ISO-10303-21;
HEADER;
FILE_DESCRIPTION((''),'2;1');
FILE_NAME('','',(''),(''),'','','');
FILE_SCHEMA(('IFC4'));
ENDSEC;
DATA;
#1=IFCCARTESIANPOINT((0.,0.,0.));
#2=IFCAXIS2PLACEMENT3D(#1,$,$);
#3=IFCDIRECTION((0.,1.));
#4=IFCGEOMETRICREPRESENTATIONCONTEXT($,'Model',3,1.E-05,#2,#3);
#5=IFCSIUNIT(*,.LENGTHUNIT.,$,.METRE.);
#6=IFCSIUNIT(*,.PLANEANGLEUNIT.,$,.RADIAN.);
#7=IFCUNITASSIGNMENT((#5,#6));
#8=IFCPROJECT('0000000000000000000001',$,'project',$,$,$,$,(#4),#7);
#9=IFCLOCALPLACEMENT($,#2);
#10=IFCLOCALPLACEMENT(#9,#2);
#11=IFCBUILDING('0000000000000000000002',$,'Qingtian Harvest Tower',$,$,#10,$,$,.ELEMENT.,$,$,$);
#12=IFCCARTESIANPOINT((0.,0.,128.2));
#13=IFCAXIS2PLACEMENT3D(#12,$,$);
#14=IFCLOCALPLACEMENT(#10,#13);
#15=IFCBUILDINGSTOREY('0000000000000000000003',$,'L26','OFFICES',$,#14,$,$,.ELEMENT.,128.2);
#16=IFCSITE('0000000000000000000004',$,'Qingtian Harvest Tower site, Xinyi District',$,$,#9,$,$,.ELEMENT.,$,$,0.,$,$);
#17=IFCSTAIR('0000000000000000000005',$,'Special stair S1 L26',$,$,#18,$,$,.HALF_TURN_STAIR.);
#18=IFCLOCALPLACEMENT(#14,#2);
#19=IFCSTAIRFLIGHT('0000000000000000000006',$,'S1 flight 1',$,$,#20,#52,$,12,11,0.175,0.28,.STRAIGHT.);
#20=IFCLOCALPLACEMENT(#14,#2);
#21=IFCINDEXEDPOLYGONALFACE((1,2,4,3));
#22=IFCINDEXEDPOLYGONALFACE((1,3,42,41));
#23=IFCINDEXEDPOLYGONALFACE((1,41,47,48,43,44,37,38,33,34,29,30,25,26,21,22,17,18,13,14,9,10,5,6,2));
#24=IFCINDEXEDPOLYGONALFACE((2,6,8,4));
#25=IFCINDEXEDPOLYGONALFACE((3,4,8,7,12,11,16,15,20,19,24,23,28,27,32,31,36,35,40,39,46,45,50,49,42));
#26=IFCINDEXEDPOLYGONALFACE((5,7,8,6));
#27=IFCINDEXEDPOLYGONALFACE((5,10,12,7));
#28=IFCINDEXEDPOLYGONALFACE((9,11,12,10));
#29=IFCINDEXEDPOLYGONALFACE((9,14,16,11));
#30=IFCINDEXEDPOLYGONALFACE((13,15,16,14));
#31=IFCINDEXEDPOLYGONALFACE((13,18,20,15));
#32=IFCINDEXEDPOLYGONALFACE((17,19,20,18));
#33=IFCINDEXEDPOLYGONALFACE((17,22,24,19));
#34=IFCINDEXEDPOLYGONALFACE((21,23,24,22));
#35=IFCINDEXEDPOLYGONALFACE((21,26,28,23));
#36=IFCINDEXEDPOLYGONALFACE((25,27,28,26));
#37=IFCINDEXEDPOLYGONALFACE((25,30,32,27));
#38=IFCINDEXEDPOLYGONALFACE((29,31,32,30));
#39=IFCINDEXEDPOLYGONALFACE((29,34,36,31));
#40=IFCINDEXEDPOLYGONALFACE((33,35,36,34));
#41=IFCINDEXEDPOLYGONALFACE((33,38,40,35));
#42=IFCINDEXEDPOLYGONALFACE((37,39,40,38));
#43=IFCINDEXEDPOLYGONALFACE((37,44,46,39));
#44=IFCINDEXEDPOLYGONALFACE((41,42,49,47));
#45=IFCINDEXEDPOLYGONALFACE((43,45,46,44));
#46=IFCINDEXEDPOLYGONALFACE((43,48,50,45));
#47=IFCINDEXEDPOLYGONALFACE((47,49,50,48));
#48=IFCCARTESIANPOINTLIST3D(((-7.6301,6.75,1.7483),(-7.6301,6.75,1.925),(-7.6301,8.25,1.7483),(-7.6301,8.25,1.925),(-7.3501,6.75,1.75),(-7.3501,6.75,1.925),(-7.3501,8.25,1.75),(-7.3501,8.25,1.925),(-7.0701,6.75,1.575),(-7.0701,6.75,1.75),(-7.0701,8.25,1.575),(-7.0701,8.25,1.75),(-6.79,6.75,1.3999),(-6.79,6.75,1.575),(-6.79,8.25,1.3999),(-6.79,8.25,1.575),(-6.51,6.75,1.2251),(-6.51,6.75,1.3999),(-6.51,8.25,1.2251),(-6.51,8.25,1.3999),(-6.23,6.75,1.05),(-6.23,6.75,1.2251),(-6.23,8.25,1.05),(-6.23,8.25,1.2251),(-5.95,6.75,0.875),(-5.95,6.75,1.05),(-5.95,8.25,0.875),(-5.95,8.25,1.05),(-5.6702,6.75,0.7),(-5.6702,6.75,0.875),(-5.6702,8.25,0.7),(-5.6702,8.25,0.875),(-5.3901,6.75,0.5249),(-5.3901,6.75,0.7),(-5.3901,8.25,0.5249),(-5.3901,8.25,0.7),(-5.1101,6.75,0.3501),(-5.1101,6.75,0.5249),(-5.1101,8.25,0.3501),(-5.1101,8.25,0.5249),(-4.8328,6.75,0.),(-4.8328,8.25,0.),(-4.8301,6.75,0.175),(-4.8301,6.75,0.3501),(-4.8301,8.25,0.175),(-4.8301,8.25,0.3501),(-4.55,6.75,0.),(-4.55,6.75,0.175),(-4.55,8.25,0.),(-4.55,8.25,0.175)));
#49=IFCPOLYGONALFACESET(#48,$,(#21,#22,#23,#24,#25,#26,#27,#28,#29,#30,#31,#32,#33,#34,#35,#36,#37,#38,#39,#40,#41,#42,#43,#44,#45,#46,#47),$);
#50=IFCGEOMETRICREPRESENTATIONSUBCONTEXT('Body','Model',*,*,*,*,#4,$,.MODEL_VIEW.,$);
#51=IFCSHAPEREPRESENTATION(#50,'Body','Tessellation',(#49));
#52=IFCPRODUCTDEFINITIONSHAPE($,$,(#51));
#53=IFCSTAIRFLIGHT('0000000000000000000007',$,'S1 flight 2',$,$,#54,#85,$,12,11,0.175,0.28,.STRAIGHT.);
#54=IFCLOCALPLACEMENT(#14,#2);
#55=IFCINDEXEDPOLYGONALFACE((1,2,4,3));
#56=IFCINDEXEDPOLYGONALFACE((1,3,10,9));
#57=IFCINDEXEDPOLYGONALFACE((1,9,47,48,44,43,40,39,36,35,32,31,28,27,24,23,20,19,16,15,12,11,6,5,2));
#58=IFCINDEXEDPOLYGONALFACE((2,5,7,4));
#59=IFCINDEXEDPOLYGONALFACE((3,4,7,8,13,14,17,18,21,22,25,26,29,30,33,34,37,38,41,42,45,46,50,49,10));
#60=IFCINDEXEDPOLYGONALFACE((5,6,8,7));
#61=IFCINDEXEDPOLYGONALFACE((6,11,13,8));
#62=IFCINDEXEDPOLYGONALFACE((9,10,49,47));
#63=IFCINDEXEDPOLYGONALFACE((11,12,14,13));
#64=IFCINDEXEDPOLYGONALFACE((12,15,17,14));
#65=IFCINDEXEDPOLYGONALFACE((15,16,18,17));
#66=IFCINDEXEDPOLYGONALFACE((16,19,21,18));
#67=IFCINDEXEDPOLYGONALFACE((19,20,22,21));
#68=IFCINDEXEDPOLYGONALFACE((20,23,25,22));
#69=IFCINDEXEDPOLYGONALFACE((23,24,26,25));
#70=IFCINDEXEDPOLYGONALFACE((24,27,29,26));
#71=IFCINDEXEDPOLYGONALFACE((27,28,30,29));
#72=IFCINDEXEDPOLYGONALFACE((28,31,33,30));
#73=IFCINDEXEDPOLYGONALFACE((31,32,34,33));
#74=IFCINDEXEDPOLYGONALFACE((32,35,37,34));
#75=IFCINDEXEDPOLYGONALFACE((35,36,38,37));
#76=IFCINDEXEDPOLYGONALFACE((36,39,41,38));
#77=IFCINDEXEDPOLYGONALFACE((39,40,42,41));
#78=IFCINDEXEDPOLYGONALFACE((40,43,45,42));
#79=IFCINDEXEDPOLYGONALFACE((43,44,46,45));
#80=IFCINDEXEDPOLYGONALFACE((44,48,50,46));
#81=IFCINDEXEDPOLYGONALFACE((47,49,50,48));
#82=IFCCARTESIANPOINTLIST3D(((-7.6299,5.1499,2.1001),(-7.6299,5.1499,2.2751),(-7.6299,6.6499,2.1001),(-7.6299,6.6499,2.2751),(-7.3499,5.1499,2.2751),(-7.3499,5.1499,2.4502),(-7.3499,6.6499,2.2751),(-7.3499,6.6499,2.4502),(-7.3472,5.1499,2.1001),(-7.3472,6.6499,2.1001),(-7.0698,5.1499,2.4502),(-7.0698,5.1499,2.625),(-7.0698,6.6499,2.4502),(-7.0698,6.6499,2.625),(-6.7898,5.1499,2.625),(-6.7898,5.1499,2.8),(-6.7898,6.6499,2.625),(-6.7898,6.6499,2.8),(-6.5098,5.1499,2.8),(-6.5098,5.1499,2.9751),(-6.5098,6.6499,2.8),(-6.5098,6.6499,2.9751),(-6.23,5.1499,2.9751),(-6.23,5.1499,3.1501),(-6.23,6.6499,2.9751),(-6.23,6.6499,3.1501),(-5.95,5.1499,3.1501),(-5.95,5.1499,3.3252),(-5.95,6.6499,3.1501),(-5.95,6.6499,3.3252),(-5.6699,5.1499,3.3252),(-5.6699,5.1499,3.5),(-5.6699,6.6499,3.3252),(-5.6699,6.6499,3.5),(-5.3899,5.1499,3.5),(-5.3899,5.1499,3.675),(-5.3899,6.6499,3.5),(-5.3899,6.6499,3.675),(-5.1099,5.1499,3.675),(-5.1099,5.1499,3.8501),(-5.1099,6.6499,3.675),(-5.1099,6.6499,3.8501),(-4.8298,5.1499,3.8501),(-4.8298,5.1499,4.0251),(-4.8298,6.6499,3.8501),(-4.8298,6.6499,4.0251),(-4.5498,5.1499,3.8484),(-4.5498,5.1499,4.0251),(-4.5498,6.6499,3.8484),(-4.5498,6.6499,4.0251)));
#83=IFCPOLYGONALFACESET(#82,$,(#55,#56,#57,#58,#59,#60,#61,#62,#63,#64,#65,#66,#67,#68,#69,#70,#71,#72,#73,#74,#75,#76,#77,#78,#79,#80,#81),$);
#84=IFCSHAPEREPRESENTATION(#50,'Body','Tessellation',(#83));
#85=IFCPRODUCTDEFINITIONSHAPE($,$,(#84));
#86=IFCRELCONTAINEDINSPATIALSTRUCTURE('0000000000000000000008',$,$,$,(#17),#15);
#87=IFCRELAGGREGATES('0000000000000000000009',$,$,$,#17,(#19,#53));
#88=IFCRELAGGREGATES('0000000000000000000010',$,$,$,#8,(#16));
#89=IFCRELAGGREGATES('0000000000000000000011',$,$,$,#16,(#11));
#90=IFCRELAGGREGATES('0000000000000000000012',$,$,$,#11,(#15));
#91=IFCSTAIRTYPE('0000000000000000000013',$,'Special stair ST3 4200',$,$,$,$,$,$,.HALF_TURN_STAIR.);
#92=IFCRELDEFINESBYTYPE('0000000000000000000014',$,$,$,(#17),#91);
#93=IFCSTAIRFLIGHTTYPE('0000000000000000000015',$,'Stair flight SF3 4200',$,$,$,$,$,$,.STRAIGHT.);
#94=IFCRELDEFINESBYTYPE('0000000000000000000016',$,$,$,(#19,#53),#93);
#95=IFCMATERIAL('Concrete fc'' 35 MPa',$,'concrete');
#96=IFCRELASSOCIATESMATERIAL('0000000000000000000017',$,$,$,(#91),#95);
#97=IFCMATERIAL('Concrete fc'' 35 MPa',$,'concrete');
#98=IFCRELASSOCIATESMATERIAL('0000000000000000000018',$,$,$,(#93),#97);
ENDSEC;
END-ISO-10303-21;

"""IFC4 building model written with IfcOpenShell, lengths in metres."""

from ifc_helpers import new_model, si_unit, direction, frame, origin, place, context, subcontext, project, spatial, polyline, outline, extrude, material, type_object, element, aggregate, save


model = new_model("IFC4")

# Units and contexts
model_context = context("Model", 3, precision=1e-05, world=origin(), true_north=direction((0.0, 1.0)))
body_context = subcontext(model_context, "Body", "Model", "MODEL_VIEW")
ifc_project = project(units=[si_unit("LENGTHUNIT", "METRE"), si_unit("PLANEANGLEUNIT", "RADIAN")], contexts=[model_context])

# Site, building, storey
site_placement = place(None, origin())
site = spatial("IfcSite", under=ifc_project, at=site_placement, Name="Qingtian Harvest Tower site, Xinyi District", CompositionType="ELEMENT", RefElevation=0.0)
building_placement = place(site_placement, origin())
building = spatial("IfcBuilding", under=site, at=building_placement, Name="Qingtian Harvest Tower", CompositionType="ELEMENT")
storey_placement = place(building_placement, frame((0.0, 0.0, 128.2)))
storey = spatial("IfcBuildingStorey", under=building, at=storey_placement, Name="L26", Description="OFFICES", CompositionType="ELEMENT", Elevation=128.2)

# Stair, stair flights
ifc_material_1 = material(Name="Concrete fc' 35 MPa", Category="concrete")
stair_type = type_object("IfcStairType", Name="Special stair ST3 4200", PredefinedType="HALF_TURN_STAIR", material=ifc_material_1)
stair_placement = place(storey_placement, origin())
stair = element("IfcStair", 1, at=stair_placement, inside=storey, type_object=stair_type, Name="Special stair S1 L26", PredefinedType="HALF_TURN_STAIR")
ifc_material_2 = material(Name="Concrete fc' 35 MPa", Category="concrete")
stair_flight_type = type_object("IfcStairFlightType", Name="Stair flight SF3 4200", PredefinedType="STRAIGHT", material=ifc_material_2)
stair_flight_1_placement = place(storey_placement, frame((-4.55, 7.5, 0.0), z_axis=(0.0, 0.0, 1.0), x_axis=(-1.0, 0.0, 0.0)))
stair_flight_1 = element("IfcStairFlight", 2, at=stair_flight_1_placement, type_object=stair_flight_type, Name="S1 flight 1", NumberOfRisers=12, NumberOfTreads=11, PredefinedType="STRAIGHT", RiserHeight=0.175, TreadLength=0.28, context=body_context, shape_type="SweptSolid", body=[
    extrude(outline(polyline([(0.0, 0.0), (0.0, 0.175), (0.28, 0.175), (0.28, 0.3501), (0.5601, 0.3501), (0.5601, 0.5249), (0.8401, 0.5249), (0.8401, 0.7), (1.1201, 0.7), (1.1201, 0.875), (1.3999, 0.875), (1.3999, 1.05), (1.6799, 1.05), (1.6799, 1.2251), (1.96, 1.2251), (1.96, 1.3999), (2.24, 1.3999), (2.24, 1.575), (2.52, 1.575), (2.52, 1.75), (2.8, 1.75), (2.8, 1.925), (3.0801, 1.925), (3.0801, 2.1001), (3.0801, 1.7483), (0.2827, 0.0), (0.0, 0.0)])), frame((0.0, 0.75, 0.0), z_axis=(0.0, -1.0, 0.0), x_axis=(1.0, 0.0, 0.0)), (0.0, 0.0, 1.0), 1.5),
])
stair_flight_2_placement = place(storey_placement, frame((-7.6299, 5.8999, 2.1001), z_axis=(0.0, 0.0, 1.0), x_axis=(1.0, 0.0, 0.0)))
stair_flight_2 = element("IfcStairFlight", 3, at=stair_flight_2_placement, type_object=stair_flight_type, Name="S1 flight 2", NumberOfRisers=12, NumberOfTreads=11, PredefinedType="STRAIGHT", RiserHeight=0.175, TreadLength=0.28, context=body_context, shape_type="SweptSolid", body=[
    extrude(outline(polyline([(0.0, 0.0), (0.0, 0.175), (0.28, 0.175), (0.28, 0.3501), (0.5601, 0.3501), (0.5601, 0.5249), (0.8401, 0.5249), (0.8401, 0.7), (1.1201, 0.7), (1.1201, 0.875), (1.3999, 0.875), (1.3999, 1.05), (1.6799, 1.05), (1.6799, 1.2251), (1.96, 1.2251), (1.96, 1.3999), (2.24, 1.3999), (2.24, 1.575), (2.52, 1.575), (2.52, 1.75), (2.8, 1.75), (2.8, 1.925), (3.0801, 1.925), (3.0801, 2.1001), (3.0801, 1.7483), (0.2827, 0.0), (0.0, 0.0)])), frame((0.0, 0.75, 0.0), z_axis=(0.0, -1.0, 0.0), x_axis=(1.0, 0.0, 0.0)), (0.0, 0.0, 1.0), 1.5),
])
aggregate(stair, [stair_flight_1, stair_flight_2])

save(model, "model.ifc")
